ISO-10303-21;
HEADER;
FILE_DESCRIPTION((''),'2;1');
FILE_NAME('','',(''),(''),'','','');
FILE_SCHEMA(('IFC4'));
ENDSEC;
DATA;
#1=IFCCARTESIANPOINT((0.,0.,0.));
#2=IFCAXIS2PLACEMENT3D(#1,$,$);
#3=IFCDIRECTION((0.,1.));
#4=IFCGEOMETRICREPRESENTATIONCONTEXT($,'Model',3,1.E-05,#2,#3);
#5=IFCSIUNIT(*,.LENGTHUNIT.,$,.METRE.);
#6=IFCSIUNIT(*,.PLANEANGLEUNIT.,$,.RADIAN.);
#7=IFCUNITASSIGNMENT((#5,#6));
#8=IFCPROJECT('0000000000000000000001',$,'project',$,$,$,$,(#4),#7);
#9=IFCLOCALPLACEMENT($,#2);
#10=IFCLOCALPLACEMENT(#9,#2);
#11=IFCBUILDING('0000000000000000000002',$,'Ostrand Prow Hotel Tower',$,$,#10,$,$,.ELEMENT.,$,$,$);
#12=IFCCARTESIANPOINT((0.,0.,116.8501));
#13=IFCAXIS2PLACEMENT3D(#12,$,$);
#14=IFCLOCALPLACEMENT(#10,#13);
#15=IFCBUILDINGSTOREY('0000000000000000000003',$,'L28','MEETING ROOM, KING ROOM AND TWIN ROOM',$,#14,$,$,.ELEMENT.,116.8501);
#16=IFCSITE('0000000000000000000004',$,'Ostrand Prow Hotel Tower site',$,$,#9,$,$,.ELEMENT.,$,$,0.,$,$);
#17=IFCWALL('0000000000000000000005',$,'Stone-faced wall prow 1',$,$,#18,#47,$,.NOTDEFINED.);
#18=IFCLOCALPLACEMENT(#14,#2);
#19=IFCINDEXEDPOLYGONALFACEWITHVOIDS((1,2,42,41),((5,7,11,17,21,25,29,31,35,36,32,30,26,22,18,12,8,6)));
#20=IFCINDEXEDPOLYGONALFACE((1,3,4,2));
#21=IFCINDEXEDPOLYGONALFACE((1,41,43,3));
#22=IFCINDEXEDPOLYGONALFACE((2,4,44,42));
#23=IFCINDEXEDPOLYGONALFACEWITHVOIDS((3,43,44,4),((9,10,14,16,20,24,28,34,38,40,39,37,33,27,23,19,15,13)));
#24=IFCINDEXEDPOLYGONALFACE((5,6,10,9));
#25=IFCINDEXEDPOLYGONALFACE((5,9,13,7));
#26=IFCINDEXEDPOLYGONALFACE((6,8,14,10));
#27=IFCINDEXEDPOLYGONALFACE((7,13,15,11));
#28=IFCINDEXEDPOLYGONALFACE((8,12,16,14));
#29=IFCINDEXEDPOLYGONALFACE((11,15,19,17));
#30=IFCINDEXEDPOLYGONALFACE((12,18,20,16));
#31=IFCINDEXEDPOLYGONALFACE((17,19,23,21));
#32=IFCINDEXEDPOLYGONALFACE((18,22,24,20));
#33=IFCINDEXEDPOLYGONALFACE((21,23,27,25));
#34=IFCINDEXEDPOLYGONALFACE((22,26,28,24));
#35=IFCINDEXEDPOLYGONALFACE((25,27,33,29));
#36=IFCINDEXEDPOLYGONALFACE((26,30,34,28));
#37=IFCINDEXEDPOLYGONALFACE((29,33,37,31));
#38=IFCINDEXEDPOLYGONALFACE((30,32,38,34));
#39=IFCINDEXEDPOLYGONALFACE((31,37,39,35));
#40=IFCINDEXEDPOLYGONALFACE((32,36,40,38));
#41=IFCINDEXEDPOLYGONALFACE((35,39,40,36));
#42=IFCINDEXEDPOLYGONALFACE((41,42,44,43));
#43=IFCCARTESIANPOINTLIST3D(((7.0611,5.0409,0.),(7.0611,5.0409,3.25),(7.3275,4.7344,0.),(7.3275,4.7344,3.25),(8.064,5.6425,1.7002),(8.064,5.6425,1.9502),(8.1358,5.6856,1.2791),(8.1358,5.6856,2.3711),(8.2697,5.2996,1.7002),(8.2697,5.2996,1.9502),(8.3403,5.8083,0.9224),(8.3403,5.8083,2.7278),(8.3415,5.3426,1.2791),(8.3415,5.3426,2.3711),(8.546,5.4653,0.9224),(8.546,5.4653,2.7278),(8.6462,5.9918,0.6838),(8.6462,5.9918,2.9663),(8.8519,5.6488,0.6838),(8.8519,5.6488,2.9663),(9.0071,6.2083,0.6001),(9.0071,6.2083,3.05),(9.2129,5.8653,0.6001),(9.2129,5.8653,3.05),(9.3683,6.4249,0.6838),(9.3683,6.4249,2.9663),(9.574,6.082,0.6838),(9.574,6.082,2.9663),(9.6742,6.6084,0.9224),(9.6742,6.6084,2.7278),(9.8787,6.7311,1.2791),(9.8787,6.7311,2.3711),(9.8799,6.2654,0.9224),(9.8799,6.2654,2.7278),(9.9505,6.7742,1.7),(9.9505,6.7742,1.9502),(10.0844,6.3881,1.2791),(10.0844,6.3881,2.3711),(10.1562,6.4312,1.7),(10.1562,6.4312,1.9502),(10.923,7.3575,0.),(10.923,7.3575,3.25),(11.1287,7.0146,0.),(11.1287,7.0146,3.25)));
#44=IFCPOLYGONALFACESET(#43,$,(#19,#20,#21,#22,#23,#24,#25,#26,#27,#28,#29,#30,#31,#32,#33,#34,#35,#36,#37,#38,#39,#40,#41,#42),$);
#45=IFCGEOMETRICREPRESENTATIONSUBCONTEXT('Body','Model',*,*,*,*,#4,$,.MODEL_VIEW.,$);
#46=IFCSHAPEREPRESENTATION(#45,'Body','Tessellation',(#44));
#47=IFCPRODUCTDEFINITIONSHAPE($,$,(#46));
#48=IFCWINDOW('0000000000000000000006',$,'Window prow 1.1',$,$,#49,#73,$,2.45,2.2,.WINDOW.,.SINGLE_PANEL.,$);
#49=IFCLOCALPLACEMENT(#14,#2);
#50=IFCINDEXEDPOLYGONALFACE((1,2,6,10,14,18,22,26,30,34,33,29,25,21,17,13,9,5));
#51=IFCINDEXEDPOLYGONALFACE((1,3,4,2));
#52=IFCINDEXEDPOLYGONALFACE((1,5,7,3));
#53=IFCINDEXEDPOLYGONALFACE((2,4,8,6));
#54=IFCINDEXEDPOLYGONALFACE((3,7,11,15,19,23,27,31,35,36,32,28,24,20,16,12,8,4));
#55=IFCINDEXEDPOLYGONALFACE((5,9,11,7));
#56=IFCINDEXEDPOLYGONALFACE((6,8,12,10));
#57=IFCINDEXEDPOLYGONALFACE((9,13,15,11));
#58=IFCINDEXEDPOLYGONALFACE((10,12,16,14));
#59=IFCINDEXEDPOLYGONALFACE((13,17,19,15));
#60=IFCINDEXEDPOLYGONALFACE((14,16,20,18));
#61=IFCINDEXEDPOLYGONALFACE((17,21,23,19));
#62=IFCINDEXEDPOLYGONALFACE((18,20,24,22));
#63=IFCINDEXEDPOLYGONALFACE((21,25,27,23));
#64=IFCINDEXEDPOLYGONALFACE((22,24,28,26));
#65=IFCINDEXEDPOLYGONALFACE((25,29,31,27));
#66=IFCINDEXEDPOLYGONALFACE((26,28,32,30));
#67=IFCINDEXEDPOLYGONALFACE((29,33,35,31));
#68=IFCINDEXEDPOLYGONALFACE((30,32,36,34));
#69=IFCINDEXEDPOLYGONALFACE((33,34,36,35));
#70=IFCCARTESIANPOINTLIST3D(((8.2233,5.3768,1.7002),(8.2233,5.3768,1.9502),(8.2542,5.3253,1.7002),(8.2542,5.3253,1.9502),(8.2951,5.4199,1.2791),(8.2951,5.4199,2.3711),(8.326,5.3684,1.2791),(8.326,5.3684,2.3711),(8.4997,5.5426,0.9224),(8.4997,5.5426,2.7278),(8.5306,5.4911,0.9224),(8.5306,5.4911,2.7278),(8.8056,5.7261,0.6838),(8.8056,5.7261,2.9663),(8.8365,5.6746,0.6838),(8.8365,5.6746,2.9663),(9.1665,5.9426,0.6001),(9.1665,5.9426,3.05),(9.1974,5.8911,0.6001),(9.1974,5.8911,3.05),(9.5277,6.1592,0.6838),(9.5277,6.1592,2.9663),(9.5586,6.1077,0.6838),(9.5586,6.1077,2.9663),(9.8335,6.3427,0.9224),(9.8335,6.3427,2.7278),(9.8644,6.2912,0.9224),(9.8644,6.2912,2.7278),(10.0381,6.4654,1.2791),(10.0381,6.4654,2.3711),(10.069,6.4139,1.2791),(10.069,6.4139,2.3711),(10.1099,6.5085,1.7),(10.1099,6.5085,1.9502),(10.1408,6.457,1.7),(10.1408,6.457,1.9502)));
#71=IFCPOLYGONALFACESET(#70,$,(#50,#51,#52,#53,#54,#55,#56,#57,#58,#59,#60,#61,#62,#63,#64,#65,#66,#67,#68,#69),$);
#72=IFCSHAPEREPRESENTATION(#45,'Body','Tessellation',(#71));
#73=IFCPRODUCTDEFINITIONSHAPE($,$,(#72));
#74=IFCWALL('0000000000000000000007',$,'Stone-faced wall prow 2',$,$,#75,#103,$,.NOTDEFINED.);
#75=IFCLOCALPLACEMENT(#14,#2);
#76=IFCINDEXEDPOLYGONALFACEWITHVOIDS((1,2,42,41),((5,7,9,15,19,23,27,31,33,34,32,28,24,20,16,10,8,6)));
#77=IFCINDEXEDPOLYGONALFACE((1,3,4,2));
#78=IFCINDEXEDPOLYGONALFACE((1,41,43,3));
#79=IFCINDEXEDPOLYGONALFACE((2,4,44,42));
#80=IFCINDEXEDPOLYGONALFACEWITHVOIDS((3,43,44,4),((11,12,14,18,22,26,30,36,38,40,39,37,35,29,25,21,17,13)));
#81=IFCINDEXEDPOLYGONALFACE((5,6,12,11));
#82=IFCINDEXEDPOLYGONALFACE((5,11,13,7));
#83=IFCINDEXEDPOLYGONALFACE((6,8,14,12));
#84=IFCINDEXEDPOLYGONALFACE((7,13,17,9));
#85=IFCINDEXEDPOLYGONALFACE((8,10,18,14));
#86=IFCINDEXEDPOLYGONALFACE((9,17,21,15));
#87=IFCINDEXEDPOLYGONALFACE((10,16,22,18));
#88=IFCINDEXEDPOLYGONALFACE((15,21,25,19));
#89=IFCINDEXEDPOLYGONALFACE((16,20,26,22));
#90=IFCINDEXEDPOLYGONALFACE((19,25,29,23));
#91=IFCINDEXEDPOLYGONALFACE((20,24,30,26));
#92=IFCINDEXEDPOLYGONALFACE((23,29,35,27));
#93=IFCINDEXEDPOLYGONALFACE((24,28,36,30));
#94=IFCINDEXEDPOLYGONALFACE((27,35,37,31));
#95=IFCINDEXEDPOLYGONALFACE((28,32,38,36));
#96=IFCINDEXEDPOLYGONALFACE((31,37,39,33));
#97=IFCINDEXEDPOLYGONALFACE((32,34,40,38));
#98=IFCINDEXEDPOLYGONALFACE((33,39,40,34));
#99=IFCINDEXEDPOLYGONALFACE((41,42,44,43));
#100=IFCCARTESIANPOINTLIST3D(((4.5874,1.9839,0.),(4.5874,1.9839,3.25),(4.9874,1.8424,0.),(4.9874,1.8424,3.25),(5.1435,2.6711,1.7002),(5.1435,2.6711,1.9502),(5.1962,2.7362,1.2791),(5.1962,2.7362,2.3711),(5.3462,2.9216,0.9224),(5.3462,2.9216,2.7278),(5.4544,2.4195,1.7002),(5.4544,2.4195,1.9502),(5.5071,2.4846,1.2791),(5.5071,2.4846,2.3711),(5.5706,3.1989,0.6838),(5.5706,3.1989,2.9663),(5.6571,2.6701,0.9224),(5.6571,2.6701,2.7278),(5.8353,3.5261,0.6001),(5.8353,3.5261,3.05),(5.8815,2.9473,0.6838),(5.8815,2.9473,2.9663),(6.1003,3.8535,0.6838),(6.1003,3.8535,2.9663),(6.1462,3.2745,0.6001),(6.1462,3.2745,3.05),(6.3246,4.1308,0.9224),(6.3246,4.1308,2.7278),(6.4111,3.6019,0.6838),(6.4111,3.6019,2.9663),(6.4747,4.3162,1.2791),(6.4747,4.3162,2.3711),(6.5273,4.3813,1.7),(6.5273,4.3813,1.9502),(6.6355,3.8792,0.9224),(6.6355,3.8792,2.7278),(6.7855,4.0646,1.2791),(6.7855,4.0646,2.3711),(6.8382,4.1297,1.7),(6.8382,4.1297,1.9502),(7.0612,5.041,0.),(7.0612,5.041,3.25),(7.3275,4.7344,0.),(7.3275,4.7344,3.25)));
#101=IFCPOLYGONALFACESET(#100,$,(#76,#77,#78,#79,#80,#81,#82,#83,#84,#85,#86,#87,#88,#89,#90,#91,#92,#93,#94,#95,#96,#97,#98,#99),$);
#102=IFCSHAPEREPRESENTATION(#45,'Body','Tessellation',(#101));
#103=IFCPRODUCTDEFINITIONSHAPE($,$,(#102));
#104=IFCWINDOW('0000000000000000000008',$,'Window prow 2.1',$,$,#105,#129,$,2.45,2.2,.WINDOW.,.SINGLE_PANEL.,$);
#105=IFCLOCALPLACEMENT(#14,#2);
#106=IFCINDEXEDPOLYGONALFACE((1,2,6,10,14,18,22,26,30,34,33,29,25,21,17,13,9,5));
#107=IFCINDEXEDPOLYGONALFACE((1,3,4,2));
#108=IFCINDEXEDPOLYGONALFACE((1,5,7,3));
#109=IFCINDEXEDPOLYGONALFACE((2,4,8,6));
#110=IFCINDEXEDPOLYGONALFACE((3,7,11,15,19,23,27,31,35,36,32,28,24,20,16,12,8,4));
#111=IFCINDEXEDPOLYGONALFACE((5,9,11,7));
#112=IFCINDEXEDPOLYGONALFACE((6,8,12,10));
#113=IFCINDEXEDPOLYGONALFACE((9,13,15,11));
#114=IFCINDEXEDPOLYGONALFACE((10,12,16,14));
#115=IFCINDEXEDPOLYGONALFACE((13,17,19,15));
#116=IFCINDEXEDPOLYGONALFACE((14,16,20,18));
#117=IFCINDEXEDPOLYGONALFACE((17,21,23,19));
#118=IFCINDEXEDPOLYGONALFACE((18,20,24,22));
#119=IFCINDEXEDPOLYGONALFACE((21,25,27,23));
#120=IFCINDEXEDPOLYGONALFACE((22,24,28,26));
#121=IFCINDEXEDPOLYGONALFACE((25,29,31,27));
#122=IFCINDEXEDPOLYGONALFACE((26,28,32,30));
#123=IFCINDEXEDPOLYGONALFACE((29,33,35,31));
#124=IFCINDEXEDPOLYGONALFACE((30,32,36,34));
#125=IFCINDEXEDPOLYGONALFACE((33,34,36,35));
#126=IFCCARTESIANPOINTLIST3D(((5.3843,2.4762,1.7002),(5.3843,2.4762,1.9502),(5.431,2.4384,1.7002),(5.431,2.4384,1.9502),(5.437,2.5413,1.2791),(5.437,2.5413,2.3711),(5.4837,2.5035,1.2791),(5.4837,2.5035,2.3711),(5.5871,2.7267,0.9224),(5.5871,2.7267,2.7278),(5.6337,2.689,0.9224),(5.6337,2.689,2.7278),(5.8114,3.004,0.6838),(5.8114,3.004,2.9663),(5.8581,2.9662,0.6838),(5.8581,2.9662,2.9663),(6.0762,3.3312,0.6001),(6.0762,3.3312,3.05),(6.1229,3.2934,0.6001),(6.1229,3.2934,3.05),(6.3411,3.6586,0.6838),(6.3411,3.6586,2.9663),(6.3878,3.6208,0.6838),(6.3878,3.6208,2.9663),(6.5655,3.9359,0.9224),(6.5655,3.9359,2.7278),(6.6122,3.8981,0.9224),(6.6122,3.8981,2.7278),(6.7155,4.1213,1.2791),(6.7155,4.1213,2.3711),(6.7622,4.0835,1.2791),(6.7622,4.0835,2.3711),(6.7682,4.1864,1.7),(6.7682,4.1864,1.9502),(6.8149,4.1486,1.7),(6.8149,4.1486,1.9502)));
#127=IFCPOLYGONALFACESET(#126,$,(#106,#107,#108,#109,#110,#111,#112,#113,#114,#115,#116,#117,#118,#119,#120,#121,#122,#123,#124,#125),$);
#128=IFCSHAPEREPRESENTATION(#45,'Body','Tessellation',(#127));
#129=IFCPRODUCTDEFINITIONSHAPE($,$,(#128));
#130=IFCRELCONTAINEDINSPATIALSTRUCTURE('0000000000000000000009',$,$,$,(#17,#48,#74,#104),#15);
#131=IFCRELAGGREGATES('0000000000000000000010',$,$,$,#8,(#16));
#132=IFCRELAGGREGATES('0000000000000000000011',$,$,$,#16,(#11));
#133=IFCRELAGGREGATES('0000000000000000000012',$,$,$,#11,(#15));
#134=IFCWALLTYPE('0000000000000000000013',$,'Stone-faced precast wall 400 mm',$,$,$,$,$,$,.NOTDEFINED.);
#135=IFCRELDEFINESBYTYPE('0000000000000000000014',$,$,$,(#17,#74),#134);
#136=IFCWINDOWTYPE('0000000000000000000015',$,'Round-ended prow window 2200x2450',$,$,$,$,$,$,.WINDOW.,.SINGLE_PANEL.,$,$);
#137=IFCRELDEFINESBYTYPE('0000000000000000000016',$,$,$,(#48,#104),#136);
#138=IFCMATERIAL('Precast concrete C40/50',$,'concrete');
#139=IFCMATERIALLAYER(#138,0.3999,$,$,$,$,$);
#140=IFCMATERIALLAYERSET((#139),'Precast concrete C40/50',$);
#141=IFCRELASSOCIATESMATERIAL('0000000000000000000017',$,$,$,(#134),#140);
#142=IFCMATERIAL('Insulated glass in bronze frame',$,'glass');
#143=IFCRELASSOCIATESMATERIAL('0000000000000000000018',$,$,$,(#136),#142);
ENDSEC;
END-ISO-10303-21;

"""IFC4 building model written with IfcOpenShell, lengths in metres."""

from ifc_helpers import new_model, si_unit, direction, frame, origin, place, context, subcontext, project, spatial, polyline, outline, extrude, material, layer, layer_set, type_object, element, fill, save


model = new_model("IFC4")

# Units and contexts
model_context = context("Model", 3, precision=1e-05, world=origin(), true_north=direction((0.0, 1.0)))
body_context = subcontext(model_context, "Body", "Model", "MODEL_VIEW")
ifc_project = project(units=[si_unit("LENGTHUNIT", "METRE"), si_unit("PLANEANGLEUNIT", "RADIAN")], contexts=[model_context])

# Site, building, storey
site_placement = place(None, origin())
site = spatial("IfcSite", under=ifc_project, at=site_placement, Name="Ostrand Prow Hotel Tower site", CompositionType="ELEMENT", RefElevation=0.0)
building_placement = place(site_placement, origin())
building = spatial("IfcBuilding", under=site, at=building_placement, Name="Ostrand Prow Hotel Tower", CompositionType="ELEMENT")
storey_placement = place(building_placement, frame((0.0, 0.0, 116.8501)))
storey = spatial("IfcBuildingStorey", under=building, at=storey_placement, Name="L28", Description="MEETING ROOM, KING ROOM AND TWIN ROOM", CompositionType="ELEMENT", Elevation=116.8501)

# Walls, openings, windows
ifc_material_1 = material(Name="Precast concrete C40/50", Category="concrete")
ifc_layer_1 = layer(ifc_material_1, 0.3999)
ifc_layer_set_1 = layer_set([ifc_layer_1], Name="Precast concrete C40/50")
wall_type_1 = type_object("IfcWallType", Name="Stone-faced precast wall 400 mm", PredefinedType="NOTDEFINED", material=ifc_layer_set_1)
wall_1_placement = place(storey_placement, frame((11.0259, 7.186, 0.0), z_axis=(0.0, 0.0, 1.0), x_axis=(-0.857551, -0.514399, 0.0)))
wall_1 = element("IfcWall", 1, at=wall_1_placement, inside=storey, type_object=wall_type_1, Name="Stone-faced wall prow 1", PredefinedType="NOTDEFINED", context=body_context, shape_type="SweptSolid", body=[
    extrude(outline(polyline([(0.0, -0.2), (4.5034, -0.2), (4.4326, 0.2), (0.0, 0.2), (0.0, -0.2)])), origin(), (0.0, 0.0, 1.0), 3.25),
])
opening_1_placement = place(wall_1_placement, frame((1.134, 0.0, 0.6001)))
opening_1 = element("IfcOpeningElement", 2, at=opening_1_placement, cuts=wall_1, PredefinedType="OPENING", context=body_context, shape_type="SweptSolid", body=[
    extrude(outline(polyline([(0.0, 1.3501), (0.0837, 1.771), (0.3223, 2.1277), (0.679, 2.3662), (1.1001, 2.45), (1.521, 2.3662), (1.8777, 2.1277), (2.1162, 1.771), (2.2, 1.3501), (2.2, 1.1001), (2.1162, 0.679), (1.8777, 0.3223), (1.521, 0.0837), (1.1001, 0.0), (0.679, 0.0837), (0.3223, 0.3223), (0.0837, 0.679), (0.0, 1.0999), (0.0, 1.3501)])), frame((0.0, 0.21, 0.0), z_axis=(0.0, -1.0, 0.0), x_axis=(1.0, 0.0, 0.0)), (0.0, 0.0, 1.0), 0.4199),
])
ifc_material_2 = material(Name="Insulated glass in bronze frame", Category="glass")
window_type = type_object("IfcWindowType", Name="Round-ended prow window 2200x2450", PartitioningType="SINGLE_PANEL", PredefinedType="WINDOW", material=ifc_material_2)
window_1_placement = place(opening_1_placement, origin())
window_1 = element("IfcWindow", 3, at=window_1_placement, inside=storey, type_object=window_type, Name="Window prow 1.1", OverallHeight=2.45, OverallWidth=2.2, PartitioningType="SINGLE_PANEL", PredefinedType="WINDOW", context=body_context, shape_type="SweptSolid", body=[
    extrude(outline(polyline([(0.0, 1.3501), (0.0837, 1.771), (0.3223, 2.1277), (0.679, 2.3662), (1.1001, 2.45), (1.521, 2.3662), (1.8777, 2.1277), (2.1162, 1.771), (2.2, 1.3501), (2.2, 1.1001), (2.1162, 0.679), (1.8777, 0.3223), (1.521, 0.0837), (1.1001, 0.0), (0.679, 0.0837), (0.3223, 0.3223), (0.0837, 0.679), (0.0, 1.0999), (0.0, 1.3501)])), frame((0.0, 0.1699, 0.0), z_axis=(0.0, -1.0, 0.0), x_axis=(1.0, 0.0, 0.0)), (0.0, 0.0, 1.0), 0.0601),
])
fill(opening_1, window_1)
wall_2_placement = place(storey_placement, frame((7.1943, 4.8877, 0.0), z_axis=(0.0, 0.0, 1.0), x_axis=(-0.629035, -0.777377, 0.0)))
wall_2 = element("IfcWall", 4, at=wall_2_placement, inside=storey, type_object=wall_type_1, Name="Stone-faced wall prow 2", PredefinedType="NOTDEFINED", context=body_context, shape_type="SweptSolid", body=[
    extrude(outline(polyline([(-0.0354, -0.2), (3.8972, -0.2), (3.7556, 0.2), (0.0354, 0.2), (-0.0354, -0.2)])), origin(), (0.0, 0.0, 1.0), 3.25),
])
opening_2_placement = place(wall_2_placement, frame((0.8132, 0.0, 0.6001)))
opening_2 = element("IfcOpeningElement", 5, at=opening_2_placement, cuts=wall_2, PredefinedType="OPENING", context=body_context, shape_type="SweptSolid", body=[
    extrude(outline(polyline([(0.0, 1.3501), (0.0837, 1.771), (0.3223, 2.1277), (0.679, 2.3662), (1.1001, 2.45), (1.521, 2.3662), (1.8777, 2.1277), (2.1162, 1.771), (2.2, 1.3501), (2.2, 1.1001), (2.1162, 0.679), (1.8777, 0.3223), (1.521, 0.0837), (1.1001, 0.0), (0.679, 0.0837), (0.3223, 0.3223), (0.0837, 0.679), (0.0, 1.0999), (0.0, 1.3501)])), frame((0.0, 0.21, 0.0), z_axis=(0.0, -1.0, 0.0), x_axis=(1.0, 0.0, 0.0)), (0.0, 0.0, 1.0), 0.4199),
])
window_2_placement = place(opening_2_placement, origin())
window_2 = element("IfcWindow", 6, at=window_2_placement, inside=storey, type_object=window_type, Name="Window prow 2.1", OverallHeight=2.45, OverallWidth=2.2, PartitioningType="SINGLE_PANEL", PredefinedType="WINDOW", context=body_context, shape_type="SweptSolid", body=[
    extrude(outline(polyline([(0.0, 1.3501), (0.0837, 1.771), (0.3223, 2.1277), (0.679, 2.3662), (1.1001, 2.45), (1.521, 2.3662), (1.8777, 2.1277), (2.1162, 1.771), (2.2, 1.3501), (2.2, 1.1001), (2.1162, 0.679), (1.8777, 0.3223), (1.521, 0.0837), (1.1001, 0.0), (0.679, 0.0837), (0.3223, 0.3223), (0.0837, 0.679), (0.0, 1.0999), (0.0, 1.3501)])), frame((0.0, 0.1699, 0.0), z_axis=(0.0, -1.0, 0.0), x_axis=(1.0, 0.0, 0.0)), (0.0, 0.0, 1.0), 0.0601),
])
fill(opening_2, window_2)

save(model, "model.ifc")
